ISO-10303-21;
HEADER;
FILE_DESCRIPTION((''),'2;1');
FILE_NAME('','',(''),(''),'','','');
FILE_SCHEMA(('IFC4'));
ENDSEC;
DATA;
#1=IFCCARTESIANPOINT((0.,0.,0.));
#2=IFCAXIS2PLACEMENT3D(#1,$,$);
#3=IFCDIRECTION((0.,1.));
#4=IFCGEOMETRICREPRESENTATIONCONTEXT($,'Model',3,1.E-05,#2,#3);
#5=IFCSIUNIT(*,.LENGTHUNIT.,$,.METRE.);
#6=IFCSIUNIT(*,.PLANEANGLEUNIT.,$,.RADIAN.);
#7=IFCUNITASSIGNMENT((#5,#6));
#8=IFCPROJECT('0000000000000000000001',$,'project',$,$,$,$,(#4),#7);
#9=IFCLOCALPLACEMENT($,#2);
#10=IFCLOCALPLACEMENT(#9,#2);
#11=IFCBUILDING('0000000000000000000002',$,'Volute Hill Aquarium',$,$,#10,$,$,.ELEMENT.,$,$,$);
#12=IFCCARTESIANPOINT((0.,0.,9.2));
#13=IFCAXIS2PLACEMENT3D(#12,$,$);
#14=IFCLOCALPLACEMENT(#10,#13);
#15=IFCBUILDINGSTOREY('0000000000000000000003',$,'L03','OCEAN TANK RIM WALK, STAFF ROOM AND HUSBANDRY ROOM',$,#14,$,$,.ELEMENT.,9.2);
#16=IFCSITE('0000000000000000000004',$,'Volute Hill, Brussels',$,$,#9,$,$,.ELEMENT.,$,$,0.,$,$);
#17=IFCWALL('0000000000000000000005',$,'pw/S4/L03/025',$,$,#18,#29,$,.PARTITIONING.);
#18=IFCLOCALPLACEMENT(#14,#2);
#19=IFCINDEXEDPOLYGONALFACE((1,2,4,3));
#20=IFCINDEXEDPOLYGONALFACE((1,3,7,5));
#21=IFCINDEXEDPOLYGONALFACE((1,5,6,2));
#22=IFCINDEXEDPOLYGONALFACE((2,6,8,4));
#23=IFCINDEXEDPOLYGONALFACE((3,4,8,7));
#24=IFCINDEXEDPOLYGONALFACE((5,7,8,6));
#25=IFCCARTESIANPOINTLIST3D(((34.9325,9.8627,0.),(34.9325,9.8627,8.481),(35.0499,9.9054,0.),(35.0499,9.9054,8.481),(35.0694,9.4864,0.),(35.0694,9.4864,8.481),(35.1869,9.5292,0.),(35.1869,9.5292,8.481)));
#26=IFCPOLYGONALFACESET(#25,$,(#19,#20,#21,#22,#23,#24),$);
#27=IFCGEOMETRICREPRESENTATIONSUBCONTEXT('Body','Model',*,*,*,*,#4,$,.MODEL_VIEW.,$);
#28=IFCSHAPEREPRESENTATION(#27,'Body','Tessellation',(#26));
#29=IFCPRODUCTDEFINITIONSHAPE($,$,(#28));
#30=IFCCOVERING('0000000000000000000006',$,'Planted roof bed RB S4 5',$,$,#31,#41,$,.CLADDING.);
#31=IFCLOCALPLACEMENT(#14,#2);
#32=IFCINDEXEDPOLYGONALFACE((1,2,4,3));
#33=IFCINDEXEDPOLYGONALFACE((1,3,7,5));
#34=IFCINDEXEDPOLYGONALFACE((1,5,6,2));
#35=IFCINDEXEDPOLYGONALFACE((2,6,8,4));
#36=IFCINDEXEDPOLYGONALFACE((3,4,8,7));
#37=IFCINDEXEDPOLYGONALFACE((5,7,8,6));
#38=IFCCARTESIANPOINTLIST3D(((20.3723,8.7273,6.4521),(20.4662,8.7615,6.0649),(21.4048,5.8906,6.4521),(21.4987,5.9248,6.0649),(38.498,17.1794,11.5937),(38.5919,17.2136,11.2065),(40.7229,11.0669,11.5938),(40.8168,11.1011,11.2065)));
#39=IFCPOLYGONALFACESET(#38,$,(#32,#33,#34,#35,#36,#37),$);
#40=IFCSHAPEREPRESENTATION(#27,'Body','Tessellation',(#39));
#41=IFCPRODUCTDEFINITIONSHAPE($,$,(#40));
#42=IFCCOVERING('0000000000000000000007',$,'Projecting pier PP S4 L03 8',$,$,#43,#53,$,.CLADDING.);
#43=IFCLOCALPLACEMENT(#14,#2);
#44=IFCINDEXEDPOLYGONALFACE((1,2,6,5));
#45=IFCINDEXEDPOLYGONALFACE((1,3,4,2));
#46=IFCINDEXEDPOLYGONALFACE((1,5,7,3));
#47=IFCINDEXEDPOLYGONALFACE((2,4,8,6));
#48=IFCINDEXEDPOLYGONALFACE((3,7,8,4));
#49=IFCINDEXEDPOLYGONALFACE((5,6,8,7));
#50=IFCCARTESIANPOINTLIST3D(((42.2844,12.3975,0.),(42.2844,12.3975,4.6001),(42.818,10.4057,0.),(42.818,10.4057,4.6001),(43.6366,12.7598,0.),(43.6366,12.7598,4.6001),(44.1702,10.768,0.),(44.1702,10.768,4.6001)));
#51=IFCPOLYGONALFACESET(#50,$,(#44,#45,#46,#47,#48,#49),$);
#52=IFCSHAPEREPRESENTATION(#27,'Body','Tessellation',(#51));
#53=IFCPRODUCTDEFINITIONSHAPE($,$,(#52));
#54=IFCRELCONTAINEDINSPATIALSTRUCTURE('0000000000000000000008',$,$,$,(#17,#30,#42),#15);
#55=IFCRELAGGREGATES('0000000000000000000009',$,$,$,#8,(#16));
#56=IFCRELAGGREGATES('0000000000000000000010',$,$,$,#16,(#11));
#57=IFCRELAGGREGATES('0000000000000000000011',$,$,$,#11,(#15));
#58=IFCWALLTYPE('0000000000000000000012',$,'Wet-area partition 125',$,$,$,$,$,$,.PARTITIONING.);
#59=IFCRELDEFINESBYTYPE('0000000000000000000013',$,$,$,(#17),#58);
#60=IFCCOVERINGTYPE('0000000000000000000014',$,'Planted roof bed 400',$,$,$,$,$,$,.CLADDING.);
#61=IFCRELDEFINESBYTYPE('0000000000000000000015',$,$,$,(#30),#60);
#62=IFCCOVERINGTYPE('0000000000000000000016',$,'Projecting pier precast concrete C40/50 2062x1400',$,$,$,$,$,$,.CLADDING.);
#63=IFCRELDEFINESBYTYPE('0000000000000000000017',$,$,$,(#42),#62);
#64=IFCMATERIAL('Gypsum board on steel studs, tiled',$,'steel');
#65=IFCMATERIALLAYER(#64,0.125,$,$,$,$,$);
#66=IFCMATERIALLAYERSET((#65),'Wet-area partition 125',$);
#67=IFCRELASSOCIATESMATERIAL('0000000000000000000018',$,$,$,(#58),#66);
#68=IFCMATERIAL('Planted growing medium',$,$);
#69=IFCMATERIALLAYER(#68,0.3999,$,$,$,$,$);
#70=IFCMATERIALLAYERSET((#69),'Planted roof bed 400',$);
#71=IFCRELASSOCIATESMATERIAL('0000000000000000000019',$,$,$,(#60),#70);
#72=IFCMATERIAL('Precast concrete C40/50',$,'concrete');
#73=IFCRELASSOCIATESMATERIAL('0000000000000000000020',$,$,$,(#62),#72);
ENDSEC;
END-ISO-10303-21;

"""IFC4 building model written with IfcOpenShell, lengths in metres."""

from ifc_helpers import new_model, si_unit, direction, frame, frame_2d, origin, origin_2d, place, context, subcontext, project, spatial, polyline, rectangle, outline, extrude, material, layer, layer_set, type_object, element, save


model = new_model("IFC4")

# Units and contexts
model_context = context("Model", 3, precision=1e-05, world=origin(), true_north=direction((0.0, 1.0)))
body_context = subcontext(model_context, "Body", "Model", "MODEL_VIEW")
ifc_project = project(units=[si_unit("LENGTHUNIT", "METRE"), si_unit("PLANEANGLEUNIT", "RADIAN")], contexts=[model_context])

# Site, building, storey
site_placement = place(None, origin())
site = spatial("IfcSite", under=ifc_project, at=site_placement, Name="Volute Hill, Brussels", CompositionType="ELEMENT", RefElevation=0.0)
building_placement = place(site_placement, origin())
building = spatial("IfcBuilding", under=site, at=building_placement, Name="Volute Hill Aquarium", CompositionType="ELEMENT")
storey_placement = place(building_placement, frame((0.0, 0.0, 9.2)))
storey = spatial("IfcBuildingStorey", under=building, at=storey_placement, Name="L03", Description="OCEAN TANK RIM WALK, STAFF ROOM AND HUSBANDRY ROOM", CompositionType="ELEMENT", Elevation=9.2)

# Wall
ifc_material_1 = material(Name="Gypsum board on steel studs, tiled", Category="steel")
ifc_layer_1 = layer(ifc_material_1, 0.125)
ifc_layer_set_1 = layer_set([ifc_layer_1], Name="Wet-area partition 125")
wall_type = type_object("IfcWallType", Name="Wet-area partition 125", PredefinedType="PARTITIONING", material=ifc_layer_set_1)
wall_1_placement = place(storey_placement, frame((34.9912, 9.884, 0.0), z_axis=(0.0, 0.0, 1.0), x_axis=(0.342086, -0.939669, 0.0)))
element("IfcWall", 1, at=wall_1_placement, inside=storey, type_object=wall_type, Name="pw/S4/L03/025", PredefinedType="PARTITIONING", context=body_context, shape_type="SweptSolid", body=[
    extrude(rectangle(XDim=0.4004, YDim=0.125, at=frame_2d((0.2002, 0.0))), origin(), (0.0, 0.0, 1.0), 8.481),
])

# Coverings
ifc_material_2 = material(Name="Planted growing medium")
ifc_layer_2 = layer(ifc_material_2, 0.3999)
ifc_layer_set_2 = layer_set([ifc_layer_2], Name="Planted roof bed 400")
covering_type_1 = type_object("IfcCoveringType", Name="Planted roof bed 400", PredefinedType="CLADDING", material=ifc_layer_set_2)
covering_1_placement = place(storey_placement, frame((40.7229, 11.0669, 11.5938), z_axis=(-0.234811, -0.085466, 0.968277), x_axis=(-0.342029, 0.939689, -0.000001)))
element("IfcCovering", 2, at=covering_1_placement, inside=storey, type_object=covering_type_1, Name="Planted roof bed RB S4 5", PredefinedType="CLADDING", context=body_context, shape_type="SweptSolid", body=[
    extrude(outline(polyline([(0.0, 0.0), (6.5049, 0.0), (4.762, 20.5762), (1.7433, 20.5762), (0.0, 0.0)])), origin(), (0.0, 0.0, -1.0), 0.3999),
])
ifc_material_3 = material(Name="Precast concrete C40/50", Category="concrete")
covering_type_2 = type_object("IfcCoveringType", Name="Projecting pier precast concrete C40/50 2062x1400", PredefinedType="CLADDING", material=ifc_material_3)
covering_2_placement = place(storey_placement, frame((43.2273, 11.5828, 0.0), z_axis=(0.0, 0.0, 1.0), x_axis=(-0.258819, 0.965926, 0.0)))
element("IfcCovering", 3, at=covering_2_placement, inside=storey, type_object=covering_type_2, Name="Projecting pier PP S4 L03 8", PredefinedType="CLADDING", context=body_context, shape_type="SweptSolid", body=[
    extrude(rectangle(XDim=2.062, YDim=1.3999, at=origin_2d()), origin(), (0.0, 0.0, 1.0), 4.6001),
])

save(model, "model.ifc")
